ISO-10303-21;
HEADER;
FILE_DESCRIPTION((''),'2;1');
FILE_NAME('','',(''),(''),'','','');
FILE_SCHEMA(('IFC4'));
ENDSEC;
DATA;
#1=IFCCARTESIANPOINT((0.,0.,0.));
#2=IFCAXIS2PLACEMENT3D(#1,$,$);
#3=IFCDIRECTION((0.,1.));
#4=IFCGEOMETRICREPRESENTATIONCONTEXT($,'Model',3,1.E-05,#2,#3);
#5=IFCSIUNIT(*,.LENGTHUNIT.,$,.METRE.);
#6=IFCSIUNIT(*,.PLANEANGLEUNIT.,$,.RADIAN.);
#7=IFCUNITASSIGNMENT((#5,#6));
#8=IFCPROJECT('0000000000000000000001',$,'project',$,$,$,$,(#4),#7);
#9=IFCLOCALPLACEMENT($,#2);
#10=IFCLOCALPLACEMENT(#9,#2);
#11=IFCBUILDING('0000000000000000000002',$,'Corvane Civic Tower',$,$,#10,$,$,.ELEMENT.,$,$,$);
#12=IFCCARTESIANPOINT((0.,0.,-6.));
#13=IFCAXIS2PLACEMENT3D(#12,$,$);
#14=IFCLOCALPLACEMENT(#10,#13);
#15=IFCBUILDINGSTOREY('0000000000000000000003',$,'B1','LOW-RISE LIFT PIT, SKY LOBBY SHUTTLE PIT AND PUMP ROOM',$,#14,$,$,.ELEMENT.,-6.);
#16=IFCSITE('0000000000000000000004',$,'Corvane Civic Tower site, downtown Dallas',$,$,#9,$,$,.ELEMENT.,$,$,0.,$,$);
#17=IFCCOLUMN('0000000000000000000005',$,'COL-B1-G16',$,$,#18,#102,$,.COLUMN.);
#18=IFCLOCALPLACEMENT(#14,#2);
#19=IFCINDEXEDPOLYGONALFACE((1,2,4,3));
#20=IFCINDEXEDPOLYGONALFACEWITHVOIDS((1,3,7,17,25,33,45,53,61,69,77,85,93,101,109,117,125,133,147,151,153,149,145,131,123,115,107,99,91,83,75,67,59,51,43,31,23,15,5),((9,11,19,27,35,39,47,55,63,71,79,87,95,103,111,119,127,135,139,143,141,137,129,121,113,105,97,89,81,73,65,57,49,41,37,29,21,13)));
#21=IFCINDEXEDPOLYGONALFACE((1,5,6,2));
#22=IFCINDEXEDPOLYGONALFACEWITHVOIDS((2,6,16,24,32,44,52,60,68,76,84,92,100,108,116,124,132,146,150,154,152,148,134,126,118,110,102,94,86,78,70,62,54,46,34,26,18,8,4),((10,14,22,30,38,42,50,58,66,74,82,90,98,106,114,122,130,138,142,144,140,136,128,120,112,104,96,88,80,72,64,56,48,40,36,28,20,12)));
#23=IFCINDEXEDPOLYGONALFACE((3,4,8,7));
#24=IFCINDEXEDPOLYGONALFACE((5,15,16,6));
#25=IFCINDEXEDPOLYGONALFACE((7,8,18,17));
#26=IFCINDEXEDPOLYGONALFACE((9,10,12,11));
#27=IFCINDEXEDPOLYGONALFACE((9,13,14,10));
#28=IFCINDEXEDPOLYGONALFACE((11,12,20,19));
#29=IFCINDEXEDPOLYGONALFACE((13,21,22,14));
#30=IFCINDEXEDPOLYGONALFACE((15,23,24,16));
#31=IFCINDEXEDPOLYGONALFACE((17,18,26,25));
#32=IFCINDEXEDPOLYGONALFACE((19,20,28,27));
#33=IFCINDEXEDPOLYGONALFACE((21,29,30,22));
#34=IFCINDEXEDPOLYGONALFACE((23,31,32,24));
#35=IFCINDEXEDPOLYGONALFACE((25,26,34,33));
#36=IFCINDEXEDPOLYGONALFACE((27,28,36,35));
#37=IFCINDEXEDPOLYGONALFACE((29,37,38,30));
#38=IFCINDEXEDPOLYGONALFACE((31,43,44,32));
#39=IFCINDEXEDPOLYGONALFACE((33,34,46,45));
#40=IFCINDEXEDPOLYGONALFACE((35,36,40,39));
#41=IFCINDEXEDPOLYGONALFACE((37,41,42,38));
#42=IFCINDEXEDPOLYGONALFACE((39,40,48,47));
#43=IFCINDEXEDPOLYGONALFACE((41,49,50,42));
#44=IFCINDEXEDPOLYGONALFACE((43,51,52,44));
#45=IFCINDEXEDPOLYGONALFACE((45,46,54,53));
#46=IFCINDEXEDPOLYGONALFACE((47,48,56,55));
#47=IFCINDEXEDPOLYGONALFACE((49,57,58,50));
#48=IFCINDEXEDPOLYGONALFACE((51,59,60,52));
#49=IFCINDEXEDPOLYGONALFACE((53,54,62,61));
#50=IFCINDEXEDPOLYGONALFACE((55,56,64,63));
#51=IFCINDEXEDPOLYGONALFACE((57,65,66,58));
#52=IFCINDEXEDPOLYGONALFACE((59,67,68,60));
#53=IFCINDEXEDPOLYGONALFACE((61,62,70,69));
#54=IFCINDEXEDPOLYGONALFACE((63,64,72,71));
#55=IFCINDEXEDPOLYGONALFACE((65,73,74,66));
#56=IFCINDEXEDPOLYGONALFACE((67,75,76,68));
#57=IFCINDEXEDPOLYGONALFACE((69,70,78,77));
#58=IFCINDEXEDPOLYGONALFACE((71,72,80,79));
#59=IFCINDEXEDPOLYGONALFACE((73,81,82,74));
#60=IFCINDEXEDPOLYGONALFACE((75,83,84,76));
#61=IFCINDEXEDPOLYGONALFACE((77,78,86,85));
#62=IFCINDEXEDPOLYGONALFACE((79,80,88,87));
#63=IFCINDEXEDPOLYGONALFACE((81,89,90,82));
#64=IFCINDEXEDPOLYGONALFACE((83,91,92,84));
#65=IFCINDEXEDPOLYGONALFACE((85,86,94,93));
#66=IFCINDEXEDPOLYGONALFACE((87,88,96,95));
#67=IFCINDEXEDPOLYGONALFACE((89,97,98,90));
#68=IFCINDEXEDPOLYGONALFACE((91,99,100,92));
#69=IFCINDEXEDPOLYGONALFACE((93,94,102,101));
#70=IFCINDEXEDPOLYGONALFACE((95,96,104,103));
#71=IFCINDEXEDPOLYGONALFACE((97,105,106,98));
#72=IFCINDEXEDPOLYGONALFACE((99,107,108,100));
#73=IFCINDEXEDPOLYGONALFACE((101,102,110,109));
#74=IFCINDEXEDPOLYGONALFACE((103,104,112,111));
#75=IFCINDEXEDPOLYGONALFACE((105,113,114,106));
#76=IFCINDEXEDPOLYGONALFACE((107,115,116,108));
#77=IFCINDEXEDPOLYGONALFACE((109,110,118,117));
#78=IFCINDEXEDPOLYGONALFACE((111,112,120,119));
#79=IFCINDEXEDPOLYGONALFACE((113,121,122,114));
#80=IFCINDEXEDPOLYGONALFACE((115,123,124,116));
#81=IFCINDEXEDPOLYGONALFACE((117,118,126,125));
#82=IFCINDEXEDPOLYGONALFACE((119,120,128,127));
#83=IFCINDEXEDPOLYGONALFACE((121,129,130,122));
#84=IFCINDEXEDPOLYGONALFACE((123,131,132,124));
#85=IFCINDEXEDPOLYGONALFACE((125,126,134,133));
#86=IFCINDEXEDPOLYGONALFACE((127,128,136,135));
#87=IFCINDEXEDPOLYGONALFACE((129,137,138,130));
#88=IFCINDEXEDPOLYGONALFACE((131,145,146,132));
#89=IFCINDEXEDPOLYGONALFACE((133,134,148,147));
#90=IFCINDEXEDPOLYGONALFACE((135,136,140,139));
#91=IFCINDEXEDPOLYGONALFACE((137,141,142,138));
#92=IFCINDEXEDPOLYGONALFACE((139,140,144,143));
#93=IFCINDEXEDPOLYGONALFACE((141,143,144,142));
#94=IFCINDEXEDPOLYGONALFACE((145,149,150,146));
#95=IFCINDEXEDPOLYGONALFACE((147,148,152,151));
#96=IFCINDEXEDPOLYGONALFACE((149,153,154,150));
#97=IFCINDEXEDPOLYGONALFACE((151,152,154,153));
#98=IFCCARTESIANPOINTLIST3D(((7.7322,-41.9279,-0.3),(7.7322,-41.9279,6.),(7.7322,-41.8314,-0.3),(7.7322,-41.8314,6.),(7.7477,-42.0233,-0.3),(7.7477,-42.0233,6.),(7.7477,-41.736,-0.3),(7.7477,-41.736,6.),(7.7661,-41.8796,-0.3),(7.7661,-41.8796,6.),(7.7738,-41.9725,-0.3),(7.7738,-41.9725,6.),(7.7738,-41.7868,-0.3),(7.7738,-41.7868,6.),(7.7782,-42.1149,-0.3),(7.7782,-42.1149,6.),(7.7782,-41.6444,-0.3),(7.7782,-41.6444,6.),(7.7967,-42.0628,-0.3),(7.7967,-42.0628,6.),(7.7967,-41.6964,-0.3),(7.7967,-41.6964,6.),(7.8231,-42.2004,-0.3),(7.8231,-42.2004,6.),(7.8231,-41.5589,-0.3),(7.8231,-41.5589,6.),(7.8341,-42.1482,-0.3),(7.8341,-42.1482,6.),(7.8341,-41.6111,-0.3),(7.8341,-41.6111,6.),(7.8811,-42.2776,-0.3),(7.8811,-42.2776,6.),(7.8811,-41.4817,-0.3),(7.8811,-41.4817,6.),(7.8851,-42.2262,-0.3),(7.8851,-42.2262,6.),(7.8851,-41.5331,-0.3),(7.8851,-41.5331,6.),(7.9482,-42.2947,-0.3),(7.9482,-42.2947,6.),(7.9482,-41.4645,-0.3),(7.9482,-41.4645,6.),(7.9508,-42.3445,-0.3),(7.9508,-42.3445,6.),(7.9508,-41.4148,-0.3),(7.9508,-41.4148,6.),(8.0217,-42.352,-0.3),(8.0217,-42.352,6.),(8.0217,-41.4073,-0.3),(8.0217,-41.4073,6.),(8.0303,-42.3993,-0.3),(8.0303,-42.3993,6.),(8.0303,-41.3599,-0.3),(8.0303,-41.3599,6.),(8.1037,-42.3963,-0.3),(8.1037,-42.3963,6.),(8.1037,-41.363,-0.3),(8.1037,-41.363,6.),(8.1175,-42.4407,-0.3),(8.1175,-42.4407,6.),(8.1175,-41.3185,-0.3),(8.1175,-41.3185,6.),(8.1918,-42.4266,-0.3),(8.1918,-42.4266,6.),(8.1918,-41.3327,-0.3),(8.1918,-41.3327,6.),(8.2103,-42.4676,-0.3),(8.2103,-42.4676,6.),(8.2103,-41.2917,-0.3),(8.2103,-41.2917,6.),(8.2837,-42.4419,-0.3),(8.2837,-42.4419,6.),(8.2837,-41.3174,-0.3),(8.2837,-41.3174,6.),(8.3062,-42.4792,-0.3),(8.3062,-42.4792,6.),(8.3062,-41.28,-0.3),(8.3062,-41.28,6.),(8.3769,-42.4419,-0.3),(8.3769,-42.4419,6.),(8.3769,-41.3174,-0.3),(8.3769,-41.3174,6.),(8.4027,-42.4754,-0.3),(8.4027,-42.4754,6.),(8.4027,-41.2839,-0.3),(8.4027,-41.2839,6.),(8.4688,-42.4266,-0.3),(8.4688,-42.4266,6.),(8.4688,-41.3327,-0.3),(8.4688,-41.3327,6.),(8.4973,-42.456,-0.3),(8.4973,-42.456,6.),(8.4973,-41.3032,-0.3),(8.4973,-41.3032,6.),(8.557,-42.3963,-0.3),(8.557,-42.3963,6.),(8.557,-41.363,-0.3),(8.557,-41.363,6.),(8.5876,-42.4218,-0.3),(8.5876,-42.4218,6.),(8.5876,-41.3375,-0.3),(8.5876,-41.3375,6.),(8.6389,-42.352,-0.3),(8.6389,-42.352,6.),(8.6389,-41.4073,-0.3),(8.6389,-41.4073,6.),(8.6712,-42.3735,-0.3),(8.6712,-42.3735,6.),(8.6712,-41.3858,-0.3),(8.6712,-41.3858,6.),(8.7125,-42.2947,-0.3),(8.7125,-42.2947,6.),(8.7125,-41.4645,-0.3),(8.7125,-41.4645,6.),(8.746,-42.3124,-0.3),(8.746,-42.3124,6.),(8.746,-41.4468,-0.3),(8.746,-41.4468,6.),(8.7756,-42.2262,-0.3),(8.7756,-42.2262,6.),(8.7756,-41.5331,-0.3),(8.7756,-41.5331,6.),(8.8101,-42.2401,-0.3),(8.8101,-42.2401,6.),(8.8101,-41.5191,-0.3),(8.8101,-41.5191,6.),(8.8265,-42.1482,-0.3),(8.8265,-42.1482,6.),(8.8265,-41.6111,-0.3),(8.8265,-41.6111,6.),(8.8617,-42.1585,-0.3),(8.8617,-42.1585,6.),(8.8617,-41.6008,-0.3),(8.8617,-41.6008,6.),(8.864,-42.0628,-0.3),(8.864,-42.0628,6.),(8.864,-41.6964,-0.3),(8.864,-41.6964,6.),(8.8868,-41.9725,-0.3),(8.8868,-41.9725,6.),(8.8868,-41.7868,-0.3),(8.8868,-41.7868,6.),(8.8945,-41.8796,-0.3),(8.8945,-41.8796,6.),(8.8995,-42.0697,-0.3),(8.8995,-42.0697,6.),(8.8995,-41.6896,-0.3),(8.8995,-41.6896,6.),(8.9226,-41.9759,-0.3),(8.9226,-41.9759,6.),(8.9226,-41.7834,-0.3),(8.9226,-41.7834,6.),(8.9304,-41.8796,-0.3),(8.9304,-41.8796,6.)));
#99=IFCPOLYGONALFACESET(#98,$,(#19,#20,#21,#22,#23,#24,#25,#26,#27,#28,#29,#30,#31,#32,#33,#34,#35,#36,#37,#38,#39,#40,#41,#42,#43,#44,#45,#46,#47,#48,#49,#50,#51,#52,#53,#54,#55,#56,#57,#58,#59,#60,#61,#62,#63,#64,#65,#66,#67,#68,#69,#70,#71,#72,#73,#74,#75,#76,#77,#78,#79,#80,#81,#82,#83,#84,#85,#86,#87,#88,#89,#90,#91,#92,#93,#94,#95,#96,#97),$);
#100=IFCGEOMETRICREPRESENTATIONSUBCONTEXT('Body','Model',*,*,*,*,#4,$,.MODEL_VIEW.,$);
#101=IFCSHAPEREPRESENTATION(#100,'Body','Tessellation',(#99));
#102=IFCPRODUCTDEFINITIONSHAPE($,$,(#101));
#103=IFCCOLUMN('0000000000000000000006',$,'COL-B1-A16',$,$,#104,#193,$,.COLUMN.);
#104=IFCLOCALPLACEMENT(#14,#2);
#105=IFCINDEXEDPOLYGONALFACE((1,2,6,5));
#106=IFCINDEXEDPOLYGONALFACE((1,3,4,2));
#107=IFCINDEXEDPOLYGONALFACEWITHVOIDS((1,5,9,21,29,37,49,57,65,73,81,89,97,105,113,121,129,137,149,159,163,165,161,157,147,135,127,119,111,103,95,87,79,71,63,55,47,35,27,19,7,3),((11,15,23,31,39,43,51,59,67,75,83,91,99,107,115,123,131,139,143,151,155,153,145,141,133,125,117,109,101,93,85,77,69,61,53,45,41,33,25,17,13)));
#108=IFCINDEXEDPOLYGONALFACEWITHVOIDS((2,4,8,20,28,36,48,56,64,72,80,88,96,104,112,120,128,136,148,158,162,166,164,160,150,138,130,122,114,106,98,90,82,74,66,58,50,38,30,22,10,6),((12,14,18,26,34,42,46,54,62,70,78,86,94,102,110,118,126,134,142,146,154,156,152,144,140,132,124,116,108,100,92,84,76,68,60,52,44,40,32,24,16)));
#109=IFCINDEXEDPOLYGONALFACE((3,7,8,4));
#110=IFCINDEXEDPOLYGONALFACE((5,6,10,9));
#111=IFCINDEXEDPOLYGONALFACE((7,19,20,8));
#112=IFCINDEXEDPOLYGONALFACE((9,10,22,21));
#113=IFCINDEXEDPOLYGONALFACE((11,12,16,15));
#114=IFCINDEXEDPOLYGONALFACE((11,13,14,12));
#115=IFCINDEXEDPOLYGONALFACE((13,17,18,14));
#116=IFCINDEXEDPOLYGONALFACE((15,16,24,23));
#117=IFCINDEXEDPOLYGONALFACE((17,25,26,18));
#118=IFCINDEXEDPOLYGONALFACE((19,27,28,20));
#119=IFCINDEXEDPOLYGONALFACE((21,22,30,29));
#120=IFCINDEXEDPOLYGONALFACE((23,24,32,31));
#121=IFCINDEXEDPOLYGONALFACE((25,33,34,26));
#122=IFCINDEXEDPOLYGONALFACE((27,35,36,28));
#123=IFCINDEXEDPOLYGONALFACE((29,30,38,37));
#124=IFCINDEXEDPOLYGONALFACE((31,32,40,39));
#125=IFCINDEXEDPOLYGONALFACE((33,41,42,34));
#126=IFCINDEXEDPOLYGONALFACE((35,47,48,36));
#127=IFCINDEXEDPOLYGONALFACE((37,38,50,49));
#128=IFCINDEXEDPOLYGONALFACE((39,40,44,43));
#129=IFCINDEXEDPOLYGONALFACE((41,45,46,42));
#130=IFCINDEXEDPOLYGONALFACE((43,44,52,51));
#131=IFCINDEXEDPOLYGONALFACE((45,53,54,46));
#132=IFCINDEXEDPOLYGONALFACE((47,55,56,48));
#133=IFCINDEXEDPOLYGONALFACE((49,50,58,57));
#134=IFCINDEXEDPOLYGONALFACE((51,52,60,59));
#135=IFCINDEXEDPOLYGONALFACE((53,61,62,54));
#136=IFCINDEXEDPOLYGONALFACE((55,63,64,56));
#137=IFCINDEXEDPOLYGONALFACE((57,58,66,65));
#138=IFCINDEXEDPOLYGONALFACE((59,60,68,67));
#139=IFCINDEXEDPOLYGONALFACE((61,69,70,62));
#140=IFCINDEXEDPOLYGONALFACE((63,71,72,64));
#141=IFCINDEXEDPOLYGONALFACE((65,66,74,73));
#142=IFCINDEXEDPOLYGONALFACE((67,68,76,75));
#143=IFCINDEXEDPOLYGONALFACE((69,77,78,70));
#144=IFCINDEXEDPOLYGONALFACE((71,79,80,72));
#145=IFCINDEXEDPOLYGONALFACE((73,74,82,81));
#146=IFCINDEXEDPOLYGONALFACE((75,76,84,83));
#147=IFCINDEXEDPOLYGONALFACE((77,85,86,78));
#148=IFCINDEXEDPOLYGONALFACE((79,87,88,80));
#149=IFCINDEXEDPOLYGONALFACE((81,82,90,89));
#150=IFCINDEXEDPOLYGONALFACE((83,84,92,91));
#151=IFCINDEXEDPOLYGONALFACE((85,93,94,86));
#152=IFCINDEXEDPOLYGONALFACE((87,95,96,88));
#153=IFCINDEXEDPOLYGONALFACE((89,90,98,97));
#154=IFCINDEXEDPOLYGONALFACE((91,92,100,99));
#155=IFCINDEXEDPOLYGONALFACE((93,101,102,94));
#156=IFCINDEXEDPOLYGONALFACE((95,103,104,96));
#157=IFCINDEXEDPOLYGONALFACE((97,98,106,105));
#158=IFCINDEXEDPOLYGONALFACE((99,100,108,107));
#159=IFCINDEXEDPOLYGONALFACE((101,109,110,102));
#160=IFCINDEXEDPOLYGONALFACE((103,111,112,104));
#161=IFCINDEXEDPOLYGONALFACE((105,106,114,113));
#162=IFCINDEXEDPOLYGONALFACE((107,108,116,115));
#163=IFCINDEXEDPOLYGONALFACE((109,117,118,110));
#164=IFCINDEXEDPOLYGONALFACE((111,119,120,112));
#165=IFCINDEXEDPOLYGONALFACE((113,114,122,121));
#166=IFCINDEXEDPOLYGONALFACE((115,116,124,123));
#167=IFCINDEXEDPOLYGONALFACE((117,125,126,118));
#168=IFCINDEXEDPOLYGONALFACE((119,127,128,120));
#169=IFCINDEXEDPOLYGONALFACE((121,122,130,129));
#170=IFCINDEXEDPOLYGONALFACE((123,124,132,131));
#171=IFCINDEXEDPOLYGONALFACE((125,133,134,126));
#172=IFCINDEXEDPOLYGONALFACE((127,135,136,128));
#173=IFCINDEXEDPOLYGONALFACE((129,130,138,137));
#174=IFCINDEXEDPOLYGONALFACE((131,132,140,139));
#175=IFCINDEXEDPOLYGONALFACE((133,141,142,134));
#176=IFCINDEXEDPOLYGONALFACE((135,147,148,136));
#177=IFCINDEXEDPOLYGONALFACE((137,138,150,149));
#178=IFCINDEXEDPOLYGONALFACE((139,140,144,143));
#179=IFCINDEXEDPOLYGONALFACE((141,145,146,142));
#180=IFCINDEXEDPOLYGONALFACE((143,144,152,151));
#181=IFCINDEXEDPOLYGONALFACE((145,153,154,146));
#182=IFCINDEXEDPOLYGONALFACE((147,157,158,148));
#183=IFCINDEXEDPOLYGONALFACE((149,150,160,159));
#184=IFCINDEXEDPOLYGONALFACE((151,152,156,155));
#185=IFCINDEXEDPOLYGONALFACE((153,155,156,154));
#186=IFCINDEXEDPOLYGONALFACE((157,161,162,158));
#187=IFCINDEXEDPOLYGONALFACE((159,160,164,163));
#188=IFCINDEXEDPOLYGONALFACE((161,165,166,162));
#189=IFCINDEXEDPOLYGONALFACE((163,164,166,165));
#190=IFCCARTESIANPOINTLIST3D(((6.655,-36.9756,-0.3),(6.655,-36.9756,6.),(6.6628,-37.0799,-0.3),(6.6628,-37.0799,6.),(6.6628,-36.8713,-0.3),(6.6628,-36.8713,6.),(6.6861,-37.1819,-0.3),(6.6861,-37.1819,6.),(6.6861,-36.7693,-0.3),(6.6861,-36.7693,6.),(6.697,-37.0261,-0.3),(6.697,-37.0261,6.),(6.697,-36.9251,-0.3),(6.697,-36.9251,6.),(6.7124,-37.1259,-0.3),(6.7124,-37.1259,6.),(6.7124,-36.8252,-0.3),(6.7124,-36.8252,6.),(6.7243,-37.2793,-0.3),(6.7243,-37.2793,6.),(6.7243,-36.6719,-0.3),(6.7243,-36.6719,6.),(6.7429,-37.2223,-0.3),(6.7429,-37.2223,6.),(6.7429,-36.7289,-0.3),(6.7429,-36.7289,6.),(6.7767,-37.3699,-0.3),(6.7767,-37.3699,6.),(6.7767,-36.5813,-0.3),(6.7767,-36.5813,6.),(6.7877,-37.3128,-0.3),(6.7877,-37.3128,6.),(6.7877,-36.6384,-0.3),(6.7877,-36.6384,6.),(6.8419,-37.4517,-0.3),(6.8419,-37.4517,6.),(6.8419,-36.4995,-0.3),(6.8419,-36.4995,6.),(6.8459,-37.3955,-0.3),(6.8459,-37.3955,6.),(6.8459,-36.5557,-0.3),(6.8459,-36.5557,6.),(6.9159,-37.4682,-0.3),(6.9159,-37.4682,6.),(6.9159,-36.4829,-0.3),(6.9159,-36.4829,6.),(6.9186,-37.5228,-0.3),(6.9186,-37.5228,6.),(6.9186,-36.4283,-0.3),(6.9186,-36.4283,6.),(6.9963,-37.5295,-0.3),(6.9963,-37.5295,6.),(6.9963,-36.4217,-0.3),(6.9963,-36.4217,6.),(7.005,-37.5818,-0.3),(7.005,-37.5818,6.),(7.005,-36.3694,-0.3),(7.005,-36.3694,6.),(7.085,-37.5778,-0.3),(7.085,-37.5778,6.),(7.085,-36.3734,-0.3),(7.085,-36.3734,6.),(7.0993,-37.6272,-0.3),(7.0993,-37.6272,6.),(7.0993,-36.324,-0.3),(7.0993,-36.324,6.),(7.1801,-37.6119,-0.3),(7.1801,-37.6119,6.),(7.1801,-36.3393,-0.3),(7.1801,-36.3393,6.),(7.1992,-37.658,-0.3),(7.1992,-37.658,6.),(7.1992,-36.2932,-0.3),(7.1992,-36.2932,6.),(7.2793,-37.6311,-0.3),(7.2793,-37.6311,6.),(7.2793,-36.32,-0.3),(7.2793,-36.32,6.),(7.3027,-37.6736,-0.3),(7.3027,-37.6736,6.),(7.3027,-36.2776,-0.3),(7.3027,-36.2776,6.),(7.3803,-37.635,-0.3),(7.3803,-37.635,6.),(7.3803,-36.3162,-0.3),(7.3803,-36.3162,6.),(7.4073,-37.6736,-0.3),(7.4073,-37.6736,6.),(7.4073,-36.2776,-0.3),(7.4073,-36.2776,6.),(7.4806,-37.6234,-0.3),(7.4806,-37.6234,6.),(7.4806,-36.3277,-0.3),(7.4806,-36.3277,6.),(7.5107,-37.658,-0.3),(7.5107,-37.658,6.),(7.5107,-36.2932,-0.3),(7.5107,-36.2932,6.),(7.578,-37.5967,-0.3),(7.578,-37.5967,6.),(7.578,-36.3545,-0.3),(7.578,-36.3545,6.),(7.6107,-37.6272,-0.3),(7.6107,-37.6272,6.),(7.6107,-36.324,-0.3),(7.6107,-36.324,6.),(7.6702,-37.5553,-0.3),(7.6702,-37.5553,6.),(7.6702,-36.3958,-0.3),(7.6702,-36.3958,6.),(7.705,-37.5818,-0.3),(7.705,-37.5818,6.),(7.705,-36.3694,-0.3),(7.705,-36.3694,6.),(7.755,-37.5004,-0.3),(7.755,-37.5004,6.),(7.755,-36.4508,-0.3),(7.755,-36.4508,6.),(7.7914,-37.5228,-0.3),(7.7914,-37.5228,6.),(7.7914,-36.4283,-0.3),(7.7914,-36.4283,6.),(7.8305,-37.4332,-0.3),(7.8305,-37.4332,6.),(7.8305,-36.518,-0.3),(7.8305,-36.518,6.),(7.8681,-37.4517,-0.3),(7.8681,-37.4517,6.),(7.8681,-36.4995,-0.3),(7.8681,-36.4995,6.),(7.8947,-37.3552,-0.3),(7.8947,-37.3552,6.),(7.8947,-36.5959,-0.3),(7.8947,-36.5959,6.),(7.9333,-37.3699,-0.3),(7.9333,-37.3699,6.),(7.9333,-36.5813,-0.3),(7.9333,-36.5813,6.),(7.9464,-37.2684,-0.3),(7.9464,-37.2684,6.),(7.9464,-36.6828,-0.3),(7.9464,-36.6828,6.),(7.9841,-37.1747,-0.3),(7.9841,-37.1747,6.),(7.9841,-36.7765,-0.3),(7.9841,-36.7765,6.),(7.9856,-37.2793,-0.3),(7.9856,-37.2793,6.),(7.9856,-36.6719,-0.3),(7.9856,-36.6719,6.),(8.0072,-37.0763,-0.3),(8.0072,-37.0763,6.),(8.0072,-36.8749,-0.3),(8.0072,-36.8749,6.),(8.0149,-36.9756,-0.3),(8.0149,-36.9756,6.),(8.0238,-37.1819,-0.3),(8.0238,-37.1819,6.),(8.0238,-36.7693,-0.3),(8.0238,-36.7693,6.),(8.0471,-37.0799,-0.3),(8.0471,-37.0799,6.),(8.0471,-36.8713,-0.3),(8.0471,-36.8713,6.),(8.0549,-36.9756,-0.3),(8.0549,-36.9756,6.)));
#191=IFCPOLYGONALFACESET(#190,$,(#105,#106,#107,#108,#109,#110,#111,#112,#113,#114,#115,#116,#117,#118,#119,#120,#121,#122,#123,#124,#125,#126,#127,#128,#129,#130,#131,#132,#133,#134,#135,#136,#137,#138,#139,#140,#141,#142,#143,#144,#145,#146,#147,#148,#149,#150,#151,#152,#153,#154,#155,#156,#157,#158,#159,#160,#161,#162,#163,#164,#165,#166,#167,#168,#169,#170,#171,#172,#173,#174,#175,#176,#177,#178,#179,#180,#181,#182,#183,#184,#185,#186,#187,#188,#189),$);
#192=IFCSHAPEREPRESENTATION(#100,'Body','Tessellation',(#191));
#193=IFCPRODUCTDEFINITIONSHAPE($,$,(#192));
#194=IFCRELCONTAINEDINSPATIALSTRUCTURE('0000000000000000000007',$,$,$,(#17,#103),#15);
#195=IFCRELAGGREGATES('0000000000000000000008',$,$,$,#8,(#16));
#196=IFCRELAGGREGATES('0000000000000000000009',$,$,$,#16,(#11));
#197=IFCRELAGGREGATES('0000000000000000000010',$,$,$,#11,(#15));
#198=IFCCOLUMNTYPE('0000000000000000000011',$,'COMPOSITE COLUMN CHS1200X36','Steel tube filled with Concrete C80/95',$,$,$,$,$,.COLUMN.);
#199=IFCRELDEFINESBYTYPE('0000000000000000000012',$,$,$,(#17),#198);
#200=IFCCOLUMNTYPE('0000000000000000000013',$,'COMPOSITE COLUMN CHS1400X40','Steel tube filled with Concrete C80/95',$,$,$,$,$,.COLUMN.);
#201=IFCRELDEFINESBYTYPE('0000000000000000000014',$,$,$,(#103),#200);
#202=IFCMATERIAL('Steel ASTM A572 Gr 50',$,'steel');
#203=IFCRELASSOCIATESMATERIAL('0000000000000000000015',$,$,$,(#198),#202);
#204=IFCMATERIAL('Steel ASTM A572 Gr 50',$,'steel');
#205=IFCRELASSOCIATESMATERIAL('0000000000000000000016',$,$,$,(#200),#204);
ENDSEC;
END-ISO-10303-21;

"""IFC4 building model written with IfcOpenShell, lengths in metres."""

from ifc_helpers import new_model, si_unit, direction, frame, origin, origin_2d, place, context, subcontext, project, spatial, hollow_circle, extrude, material, material_profile, profile_set, type_object, element, save


model = new_model("IFC4")

# Units and contexts
model_context = context("Model", 3, precision=1e-05, world=origin(), true_north=direction((0.0, 1.0)))
body_context = subcontext(model_context, "Body", "Model", "MODEL_VIEW")
ifc_project = project(units=[si_unit("LENGTHUNIT", "METRE"), si_unit("PLANEANGLEUNIT", "RADIAN")], contexts=[model_context])

# Site, building, storey
site_placement = place(None, origin())
site = spatial("IfcSite", under=ifc_project, at=site_placement, Name="Corvane Civic Tower site, downtown Dallas", CompositionType="ELEMENT", RefElevation=0.0)
building_placement = place(site_placement, origin())
building = spatial("IfcBuilding", under=site, at=building_placement, Name="Corvane Civic Tower", CompositionType="ELEMENT")
storey_placement = place(building_placement, frame((0.0, 0.0, -6.0)))
storey = spatial("IfcBuildingStorey", under=building, at=storey_placement, Name="B1", Description="LOW-RISE LIFT PIT, SKY LOBBY SHUTTLE PIT AND PUMP ROOM", CompositionType="ELEMENT", Elevation=-6.0)

# Columns
ifc_material_1 = material(Name="Steel ASTM A572 Gr 50", Category="steel")
ifc_material_profile_1 = material_profile(ifc_material_1, hollow_circle(Radius=0.6001, WallThickness=0.0359, at=origin_2d()), Name="CHS1200X36")
ifc_profile_set_1 = profile_set([ifc_material_profile_1], Name="Steel ASTM A572 Gr 50")
column_type_1 = type_object("IfcColumnType", Name="COMPOSITE COLUMN CHS1200X36", Description="Steel tube filled with Concrete C80/95", PredefinedType="COLUMN", material=ifc_profile_set_1)
column_1_placement = place(storey_placement, frame((8.3303, -41.8796, -0.3), z_axis=(0.0, 0.0, 1.0), x_axis=(1.0, 0.0, 0.0)))
element("IfcColumn", 1, at=column_1_placement, inside=storey, type_object=column_type_1, Name="COL-B1-G16", PredefinedType="COLUMN", context=body_context, shape_type="SweptSolid", body=[
    extrude(hollow_circle(Radius=0.6001, WallThickness=0.0359, at=origin_2d()), origin(), (0.0, 0.0, 1.0), 6.3),
])
ifc_material_2 = material(Name="Steel ASTM A572 Gr 50", Category="steel")
ifc_material_profile_2 = material_profile(ifc_material_2, hollow_circle(Radius=0.7, WallThickness=0.04, at=origin_2d()), Name="CHS1400X40")
ifc_profile_set_2 = profile_set([ifc_material_profile_2], Name="Steel ASTM A572 Gr 50")
column_type_2 = type_object("IfcColumnType", Name="COMPOSITE COLUMN CHS1400X40", Description="Steel tube filled with Concrete C80/95", PredefinedType="COLUMN", material=ifc_profile_set_2)
column_2_placement = place(storey_placement, frame((7.355, -36.9756, -0.3), z_axis=(0.0, 0.0, 1.0), x_axis=(1.0, 0.0, 0.0)))
element("IfcColumn", 2, at=column_2_placement, inside=storey, type_object=column_type_2, Name="COL-B1-A16", PredefinedType="COLUMN", context=body_context, shape_type="SweptSolid", body=[
    extrude(hollow_circle(Radius=0.7, WallThickness=0.04, at=origin_2d()), origin(), (0.0, 0.0, 1.0), 6.3),
])

save(model, "model.ifc")
